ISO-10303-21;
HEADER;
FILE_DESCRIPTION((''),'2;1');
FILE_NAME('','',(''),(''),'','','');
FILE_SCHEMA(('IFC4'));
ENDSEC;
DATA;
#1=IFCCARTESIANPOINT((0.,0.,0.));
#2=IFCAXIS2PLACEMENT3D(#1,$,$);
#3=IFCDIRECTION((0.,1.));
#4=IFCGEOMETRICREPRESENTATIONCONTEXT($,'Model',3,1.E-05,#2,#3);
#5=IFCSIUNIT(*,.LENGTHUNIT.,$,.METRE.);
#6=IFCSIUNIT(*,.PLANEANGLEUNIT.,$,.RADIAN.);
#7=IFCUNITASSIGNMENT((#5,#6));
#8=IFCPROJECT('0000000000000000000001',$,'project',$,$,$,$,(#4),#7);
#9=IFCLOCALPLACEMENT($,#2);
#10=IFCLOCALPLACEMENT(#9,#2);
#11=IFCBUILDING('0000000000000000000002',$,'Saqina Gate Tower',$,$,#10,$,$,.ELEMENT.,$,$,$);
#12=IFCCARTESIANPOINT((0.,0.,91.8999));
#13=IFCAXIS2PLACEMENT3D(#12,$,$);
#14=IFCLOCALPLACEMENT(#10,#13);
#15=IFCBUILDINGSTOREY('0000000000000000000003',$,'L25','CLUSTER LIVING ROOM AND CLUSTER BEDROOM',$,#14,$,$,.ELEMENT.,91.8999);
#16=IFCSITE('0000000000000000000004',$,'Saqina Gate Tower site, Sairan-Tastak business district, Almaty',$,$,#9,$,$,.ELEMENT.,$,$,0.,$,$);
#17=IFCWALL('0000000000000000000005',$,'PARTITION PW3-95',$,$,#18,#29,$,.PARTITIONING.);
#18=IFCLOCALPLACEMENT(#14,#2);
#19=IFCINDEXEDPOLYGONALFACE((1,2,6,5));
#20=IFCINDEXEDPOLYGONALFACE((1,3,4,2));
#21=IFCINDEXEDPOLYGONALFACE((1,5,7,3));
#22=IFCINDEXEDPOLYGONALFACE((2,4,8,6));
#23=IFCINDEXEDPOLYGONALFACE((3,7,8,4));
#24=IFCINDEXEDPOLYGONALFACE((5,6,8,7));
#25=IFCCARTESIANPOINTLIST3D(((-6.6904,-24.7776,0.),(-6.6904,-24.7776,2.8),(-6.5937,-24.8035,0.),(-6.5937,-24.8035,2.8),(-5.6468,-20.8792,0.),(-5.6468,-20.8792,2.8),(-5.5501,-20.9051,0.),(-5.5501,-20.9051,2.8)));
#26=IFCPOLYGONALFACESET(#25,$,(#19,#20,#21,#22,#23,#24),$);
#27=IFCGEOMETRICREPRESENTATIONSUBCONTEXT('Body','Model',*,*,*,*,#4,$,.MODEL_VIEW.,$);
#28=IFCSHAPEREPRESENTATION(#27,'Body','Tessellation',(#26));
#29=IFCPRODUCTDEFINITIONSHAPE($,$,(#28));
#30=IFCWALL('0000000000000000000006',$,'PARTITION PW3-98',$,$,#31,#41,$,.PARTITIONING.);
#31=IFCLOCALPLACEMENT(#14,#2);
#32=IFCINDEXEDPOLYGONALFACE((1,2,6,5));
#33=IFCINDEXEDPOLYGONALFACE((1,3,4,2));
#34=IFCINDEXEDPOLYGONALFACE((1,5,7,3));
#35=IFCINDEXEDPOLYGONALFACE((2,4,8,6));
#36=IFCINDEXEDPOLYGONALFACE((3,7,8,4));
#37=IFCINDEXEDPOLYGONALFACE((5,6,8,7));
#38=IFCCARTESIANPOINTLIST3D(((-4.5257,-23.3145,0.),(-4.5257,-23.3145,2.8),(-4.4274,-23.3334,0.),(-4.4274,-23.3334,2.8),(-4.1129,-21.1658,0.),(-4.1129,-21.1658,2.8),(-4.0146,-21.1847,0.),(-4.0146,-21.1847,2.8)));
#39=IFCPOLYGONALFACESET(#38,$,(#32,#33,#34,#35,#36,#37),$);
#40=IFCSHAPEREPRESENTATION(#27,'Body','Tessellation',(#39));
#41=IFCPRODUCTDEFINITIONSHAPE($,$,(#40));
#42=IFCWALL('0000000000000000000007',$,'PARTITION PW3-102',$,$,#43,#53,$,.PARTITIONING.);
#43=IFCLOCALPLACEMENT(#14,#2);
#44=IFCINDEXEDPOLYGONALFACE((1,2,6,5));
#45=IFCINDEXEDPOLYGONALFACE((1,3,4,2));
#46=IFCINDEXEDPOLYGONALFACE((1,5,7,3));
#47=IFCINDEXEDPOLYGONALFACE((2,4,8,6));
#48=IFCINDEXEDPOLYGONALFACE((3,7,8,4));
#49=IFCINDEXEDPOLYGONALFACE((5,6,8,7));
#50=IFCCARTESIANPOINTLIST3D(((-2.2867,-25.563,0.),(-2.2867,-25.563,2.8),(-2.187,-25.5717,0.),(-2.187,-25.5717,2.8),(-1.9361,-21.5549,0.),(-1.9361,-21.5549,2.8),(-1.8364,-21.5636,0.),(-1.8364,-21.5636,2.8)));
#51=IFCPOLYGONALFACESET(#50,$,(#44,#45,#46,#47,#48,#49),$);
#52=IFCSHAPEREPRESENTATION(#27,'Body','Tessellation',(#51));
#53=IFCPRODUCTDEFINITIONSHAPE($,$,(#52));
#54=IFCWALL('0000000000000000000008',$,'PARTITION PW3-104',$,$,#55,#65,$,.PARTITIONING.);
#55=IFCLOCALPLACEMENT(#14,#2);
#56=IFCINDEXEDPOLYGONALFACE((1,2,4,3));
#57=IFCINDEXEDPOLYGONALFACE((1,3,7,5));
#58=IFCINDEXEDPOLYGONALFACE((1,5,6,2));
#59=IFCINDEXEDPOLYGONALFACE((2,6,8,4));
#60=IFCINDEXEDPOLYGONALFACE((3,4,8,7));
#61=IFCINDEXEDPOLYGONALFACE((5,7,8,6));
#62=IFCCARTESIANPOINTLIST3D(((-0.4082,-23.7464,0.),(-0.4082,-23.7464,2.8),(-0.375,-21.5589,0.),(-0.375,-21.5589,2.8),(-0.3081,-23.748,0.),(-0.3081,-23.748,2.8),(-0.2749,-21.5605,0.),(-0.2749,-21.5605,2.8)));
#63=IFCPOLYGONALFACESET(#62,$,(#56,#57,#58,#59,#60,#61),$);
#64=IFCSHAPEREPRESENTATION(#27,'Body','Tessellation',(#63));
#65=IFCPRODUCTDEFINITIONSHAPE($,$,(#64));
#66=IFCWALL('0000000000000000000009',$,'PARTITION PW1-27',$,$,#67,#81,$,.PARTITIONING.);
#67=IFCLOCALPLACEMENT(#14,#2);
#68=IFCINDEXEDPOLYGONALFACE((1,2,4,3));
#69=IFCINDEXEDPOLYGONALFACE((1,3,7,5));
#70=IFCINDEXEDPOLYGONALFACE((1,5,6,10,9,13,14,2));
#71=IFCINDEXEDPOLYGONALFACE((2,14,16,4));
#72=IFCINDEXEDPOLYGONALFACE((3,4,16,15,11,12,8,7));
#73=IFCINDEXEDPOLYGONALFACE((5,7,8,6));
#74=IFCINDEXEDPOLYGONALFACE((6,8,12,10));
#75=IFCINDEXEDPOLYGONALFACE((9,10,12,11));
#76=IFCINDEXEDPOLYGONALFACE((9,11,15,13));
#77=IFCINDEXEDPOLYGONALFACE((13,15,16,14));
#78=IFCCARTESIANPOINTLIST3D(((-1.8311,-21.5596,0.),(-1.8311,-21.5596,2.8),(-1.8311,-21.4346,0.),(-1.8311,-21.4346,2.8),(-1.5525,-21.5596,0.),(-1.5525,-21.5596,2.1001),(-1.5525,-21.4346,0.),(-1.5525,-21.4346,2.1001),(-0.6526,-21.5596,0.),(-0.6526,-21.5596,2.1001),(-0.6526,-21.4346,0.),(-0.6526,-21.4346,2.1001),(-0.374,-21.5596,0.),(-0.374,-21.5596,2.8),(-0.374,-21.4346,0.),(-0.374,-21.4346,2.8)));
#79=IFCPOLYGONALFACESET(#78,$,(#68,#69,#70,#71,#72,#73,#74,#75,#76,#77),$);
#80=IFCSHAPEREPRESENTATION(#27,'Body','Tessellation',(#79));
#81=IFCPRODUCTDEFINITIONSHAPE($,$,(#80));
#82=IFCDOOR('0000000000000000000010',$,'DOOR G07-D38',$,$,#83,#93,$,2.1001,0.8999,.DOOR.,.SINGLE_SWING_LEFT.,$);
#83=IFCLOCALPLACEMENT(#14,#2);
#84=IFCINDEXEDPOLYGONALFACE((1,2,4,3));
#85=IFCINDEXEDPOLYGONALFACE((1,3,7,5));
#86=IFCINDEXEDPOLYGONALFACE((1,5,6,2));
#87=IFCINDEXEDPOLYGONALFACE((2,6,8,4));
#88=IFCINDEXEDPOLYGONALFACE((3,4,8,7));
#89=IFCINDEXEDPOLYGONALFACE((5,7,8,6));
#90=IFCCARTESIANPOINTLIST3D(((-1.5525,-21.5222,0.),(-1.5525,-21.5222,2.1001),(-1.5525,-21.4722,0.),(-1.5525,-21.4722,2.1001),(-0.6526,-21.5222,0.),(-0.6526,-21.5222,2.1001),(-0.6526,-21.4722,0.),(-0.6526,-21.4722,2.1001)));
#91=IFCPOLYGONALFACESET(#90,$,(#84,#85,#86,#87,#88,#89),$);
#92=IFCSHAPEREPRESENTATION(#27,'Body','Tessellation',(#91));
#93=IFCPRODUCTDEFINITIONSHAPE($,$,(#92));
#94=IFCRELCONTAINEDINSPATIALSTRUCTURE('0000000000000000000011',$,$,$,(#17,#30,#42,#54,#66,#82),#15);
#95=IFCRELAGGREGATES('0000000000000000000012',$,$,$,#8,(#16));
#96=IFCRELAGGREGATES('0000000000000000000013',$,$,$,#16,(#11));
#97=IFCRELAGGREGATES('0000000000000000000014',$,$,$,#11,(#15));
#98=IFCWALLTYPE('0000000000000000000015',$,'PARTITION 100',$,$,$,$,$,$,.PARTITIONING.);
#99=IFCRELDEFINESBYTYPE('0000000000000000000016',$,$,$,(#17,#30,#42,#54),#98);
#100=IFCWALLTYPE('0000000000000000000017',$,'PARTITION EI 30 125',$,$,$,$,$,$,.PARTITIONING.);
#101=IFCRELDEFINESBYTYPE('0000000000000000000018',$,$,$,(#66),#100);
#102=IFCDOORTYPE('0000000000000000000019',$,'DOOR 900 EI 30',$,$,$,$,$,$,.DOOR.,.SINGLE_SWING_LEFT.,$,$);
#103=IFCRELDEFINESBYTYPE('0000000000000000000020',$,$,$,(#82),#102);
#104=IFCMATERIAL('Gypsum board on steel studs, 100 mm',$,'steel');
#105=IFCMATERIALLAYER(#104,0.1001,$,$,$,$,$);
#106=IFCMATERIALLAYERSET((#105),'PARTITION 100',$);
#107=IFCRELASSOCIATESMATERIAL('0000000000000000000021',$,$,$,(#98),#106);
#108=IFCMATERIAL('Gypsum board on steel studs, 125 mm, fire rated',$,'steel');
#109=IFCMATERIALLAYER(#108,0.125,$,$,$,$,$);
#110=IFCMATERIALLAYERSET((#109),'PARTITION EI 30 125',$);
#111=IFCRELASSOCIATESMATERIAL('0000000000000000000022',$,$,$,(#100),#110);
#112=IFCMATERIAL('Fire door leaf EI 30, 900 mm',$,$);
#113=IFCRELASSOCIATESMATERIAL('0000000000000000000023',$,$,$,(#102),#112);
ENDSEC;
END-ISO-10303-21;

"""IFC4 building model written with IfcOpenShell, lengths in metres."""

from ifc_helpers import new_model, si_unit, direction, frame, frame_2d, origin, place, context, subcontext, project, spatial, rectangle, extrude, material, layer, layer_set, type_object, element, fill, save


model = new_model("IFC4")

# Units and contexts
model_context = context("Model", 3, precision=1e-05, world=origin(), true_north=direction((0.0, 1.0)))
body_context = subcontext(model_context, "Body", "Model", "MODEL_VIEW")
ifc_project = project(units=[si_unit("LENGTHUNIT", "METRE"), si_unit("PLANEANGLEUNIT", "RADIAN")], contexts=[model_context])

# Site, building, storey
site_placement = place(None, origin())
site = spatial("IfcSite", under=ifc_project, at=site_placement, Name="Saqina Gate Tower site, Sairan-Tastak business district, Almaty", CompositionType="ELEMENT", RefElevation=0.0)
building_placement = place(site_placement, origin())
building = spatial("IfcBuilding", under=site, at=building_placement, Name="Saqina Gate Tower", CompositionType="ELEMENT")
storey_placement = place(building_placement, frame((0.0, 0.0, 91.8999)))
storey = spatial("IfcBuildingStorey", under=building, at=storey_placement, Name="L25", Description="CLUSTER LIVING ROOM AND CLUSTER BEDROOM", CompositionType="ELEMENT", Elevation=91.8999)

# Shared definitions
ifc_material_1 = material(Name="Gypsum board on steel studs, 100 mm", Category="steel")
ifc_layer_1 = layer(ifc_material_1, 0.1001)
ifc_layer_set_1 = layer_set([ifc_layer_1], Name="PARTITION 100")
wall_type_1 = type_object("IfcWallType", Name="PARTITION 100", PredefinedType="PARTITIONING", material=ifc_layer_set_1)

# Walls
wall_1_placement = place(storey_placement, frame((-6.6421, -24.7905, 0.0), z_axis=(0.0, 0.0, 1.0), x_axis=(0.258615, 0.96598, 0.0)))
element("IfcWall", 1, at=wall_1_placement, inside=storey, type_object=wall_type_1, Name="PARTITION PW3-95", PredefinedType="PARTITIONING", context=body_context, shape_type="SweptSolid", body=[
    extrude(rectangle(XDim=4.0356, YDim=0.1001, at=frame_2d((2.0178, 0.0))), origin(), (0.0, 0.0, 1.0), 2.8),
])
wall_2_placement = place(storey_placement, frame((-4.4766, -23.324, 0.0), z_axis=(0.0, 0.0, 1.0), x_axis=(0.188686, 0.982037, 0.0)))
element("IfcWall", 2, at=wall_2_placement, inside=storey, type_object=wall_type_1, Name="PARTITION PW3-98", PredefinedType="PARTITIONING", context=body_context, shape_type="SweptSolid", body=[
    extrude(rectangle(XDim=2.188, YDim=0.1001, at=frame_2d((1.094, 0.0))), origin(), (0.0, 0.0, 1.0), 2.8),
])
wall_3_placement = place(storey_placement, frame((-2.2368, -25.5674, 0.0), z_axis=(0.0, 0.0, 1.0), x_axis=(0.087138, 0.996196, 0.0)))
element("IfcWall", 3, at=wall_3_placement, inside=storey, type_object=wall_type_1, Name="PARTITION PW3-102", PredefinedType="PARTITIONING", context=body_context, shape_type="SweptSolid", body=[
    extrude(rectangle(XDim=4.0234, YDim=0.1001, at=frame_2d((2.0117, 0.0))), origin(), (0.0, 0.0, 1.0), 2.8),
])
wall_4_placement = place(storey_placement, frame((-0.3582, -23.7471, 0.0), z_axis=(0.0, 0.0, 1.0), x_axis=(0.015177, 0.999885, 0.0)))
element("IfcWall", 4, at=wall_4_placement, inside=storey, type_object=wall_type_1, Name="PARTITION PW3-104", PredefinedType="PARTITIONING", context=body_context, shape_type="SweptSolid", body=[
    extrude(rectangle(XDim=2.1877, YDim=0.1001, at=frame_2d((1.0938, 0.0))), origin(), (0.0, 0.0, 1.0), 2.8),
])

# Wall, opening, door
ifc_material_2 = material(Name="Gypsum board on steel studs, 125 mm, fire rated", Category="steel")
ifc_layer_2 = layer(ifc_material_2, 0.125)
ifc_layer_set_2 = layer_set([ifc_layer_2], Name="PARTITION EI 30 125")
wall_type_2 = type_object("IfcWallType", Name="PARTITION EI 30 125", PredefinedType="PARTITIONING", material=ifc_layer_set_2)
wall_5_placement = place(storey_placement, frame((-1.8311, -21.4971, 0.0), z_axis=(0.0, 0.0, 1.0), x_axis=(1.0, 0.0, 0.0)))
wall_5 = element("IfcWall", 5, at=wall_5_placement, inside=storey, type_object=wall_type_2, Name="PARTITION PW1-27", PredefinedType="PARTITIONING", context=body_context, shape_type="SweptSolid", body=[
    extrude(rectangle(XDim=1.457, YDim=0.125, at=frame_2d((0.7285, 0.0))), origin(), (0.0, 0.0, 1.0), 2.8),
])
opening_1_placement = place(wall_5_placement, frame((0.2786, 0.0, 0.0)))
opening_1 = element("IfcOpeningElement", 6, at=opening_1_placement, cuts=wall_5, PredefinedType="OPENING", context=body_context, shape_type="SweptSolid", body=[
    extrude(rectangle(XDim=0.8999, YDim=2.1001, at=frame_2d((0.45, 1.05))), frame((0.0, 0.0745, 0.0), z_axis=(0.0, -1.0, 0.0), x_axis=(1.0, 0.0, 0.0)), (0.0, 0.0, 1.0), 0.1489),
])
ifc_material_3 = material(Name="Fire door leaf EI 30, 900 mm")
door_type_1 = type_object("IfcDoorType", Name="DOOR 900 EI 30", OperationType="SINGLE_SWING_LEFT", PredefinedType="DOOR", material=ifc_material_3)
door_1_placement = place(opening_1_placement, origin())
door_1 = element("IfcDoor", 7, at=door_1_placement, inside=storey, type_object=door_type_1, Name="DOOR G07-D38", OperationType="SINGLE_SWING_LEFT", OverallHeight=2.1001, OverallWidth=0.8999, PredefinedType="DOOR", context=body_context, shape_type="SweptSolid", body=[
    extrude(rectangle(XDim=0.8999, YDim=2.1001, at=frame_2d((0.45, 1.05))), frame((0.0, 0.0249, 0.0), z_axis=(0.0, -1.0, 0.0), x_axis=(1.0, 0.0, 0.0)), (0.0, 0.0, 1.0), 0.05),
])
fill(opening_1, door_1)

save(model, "model.ifc")
